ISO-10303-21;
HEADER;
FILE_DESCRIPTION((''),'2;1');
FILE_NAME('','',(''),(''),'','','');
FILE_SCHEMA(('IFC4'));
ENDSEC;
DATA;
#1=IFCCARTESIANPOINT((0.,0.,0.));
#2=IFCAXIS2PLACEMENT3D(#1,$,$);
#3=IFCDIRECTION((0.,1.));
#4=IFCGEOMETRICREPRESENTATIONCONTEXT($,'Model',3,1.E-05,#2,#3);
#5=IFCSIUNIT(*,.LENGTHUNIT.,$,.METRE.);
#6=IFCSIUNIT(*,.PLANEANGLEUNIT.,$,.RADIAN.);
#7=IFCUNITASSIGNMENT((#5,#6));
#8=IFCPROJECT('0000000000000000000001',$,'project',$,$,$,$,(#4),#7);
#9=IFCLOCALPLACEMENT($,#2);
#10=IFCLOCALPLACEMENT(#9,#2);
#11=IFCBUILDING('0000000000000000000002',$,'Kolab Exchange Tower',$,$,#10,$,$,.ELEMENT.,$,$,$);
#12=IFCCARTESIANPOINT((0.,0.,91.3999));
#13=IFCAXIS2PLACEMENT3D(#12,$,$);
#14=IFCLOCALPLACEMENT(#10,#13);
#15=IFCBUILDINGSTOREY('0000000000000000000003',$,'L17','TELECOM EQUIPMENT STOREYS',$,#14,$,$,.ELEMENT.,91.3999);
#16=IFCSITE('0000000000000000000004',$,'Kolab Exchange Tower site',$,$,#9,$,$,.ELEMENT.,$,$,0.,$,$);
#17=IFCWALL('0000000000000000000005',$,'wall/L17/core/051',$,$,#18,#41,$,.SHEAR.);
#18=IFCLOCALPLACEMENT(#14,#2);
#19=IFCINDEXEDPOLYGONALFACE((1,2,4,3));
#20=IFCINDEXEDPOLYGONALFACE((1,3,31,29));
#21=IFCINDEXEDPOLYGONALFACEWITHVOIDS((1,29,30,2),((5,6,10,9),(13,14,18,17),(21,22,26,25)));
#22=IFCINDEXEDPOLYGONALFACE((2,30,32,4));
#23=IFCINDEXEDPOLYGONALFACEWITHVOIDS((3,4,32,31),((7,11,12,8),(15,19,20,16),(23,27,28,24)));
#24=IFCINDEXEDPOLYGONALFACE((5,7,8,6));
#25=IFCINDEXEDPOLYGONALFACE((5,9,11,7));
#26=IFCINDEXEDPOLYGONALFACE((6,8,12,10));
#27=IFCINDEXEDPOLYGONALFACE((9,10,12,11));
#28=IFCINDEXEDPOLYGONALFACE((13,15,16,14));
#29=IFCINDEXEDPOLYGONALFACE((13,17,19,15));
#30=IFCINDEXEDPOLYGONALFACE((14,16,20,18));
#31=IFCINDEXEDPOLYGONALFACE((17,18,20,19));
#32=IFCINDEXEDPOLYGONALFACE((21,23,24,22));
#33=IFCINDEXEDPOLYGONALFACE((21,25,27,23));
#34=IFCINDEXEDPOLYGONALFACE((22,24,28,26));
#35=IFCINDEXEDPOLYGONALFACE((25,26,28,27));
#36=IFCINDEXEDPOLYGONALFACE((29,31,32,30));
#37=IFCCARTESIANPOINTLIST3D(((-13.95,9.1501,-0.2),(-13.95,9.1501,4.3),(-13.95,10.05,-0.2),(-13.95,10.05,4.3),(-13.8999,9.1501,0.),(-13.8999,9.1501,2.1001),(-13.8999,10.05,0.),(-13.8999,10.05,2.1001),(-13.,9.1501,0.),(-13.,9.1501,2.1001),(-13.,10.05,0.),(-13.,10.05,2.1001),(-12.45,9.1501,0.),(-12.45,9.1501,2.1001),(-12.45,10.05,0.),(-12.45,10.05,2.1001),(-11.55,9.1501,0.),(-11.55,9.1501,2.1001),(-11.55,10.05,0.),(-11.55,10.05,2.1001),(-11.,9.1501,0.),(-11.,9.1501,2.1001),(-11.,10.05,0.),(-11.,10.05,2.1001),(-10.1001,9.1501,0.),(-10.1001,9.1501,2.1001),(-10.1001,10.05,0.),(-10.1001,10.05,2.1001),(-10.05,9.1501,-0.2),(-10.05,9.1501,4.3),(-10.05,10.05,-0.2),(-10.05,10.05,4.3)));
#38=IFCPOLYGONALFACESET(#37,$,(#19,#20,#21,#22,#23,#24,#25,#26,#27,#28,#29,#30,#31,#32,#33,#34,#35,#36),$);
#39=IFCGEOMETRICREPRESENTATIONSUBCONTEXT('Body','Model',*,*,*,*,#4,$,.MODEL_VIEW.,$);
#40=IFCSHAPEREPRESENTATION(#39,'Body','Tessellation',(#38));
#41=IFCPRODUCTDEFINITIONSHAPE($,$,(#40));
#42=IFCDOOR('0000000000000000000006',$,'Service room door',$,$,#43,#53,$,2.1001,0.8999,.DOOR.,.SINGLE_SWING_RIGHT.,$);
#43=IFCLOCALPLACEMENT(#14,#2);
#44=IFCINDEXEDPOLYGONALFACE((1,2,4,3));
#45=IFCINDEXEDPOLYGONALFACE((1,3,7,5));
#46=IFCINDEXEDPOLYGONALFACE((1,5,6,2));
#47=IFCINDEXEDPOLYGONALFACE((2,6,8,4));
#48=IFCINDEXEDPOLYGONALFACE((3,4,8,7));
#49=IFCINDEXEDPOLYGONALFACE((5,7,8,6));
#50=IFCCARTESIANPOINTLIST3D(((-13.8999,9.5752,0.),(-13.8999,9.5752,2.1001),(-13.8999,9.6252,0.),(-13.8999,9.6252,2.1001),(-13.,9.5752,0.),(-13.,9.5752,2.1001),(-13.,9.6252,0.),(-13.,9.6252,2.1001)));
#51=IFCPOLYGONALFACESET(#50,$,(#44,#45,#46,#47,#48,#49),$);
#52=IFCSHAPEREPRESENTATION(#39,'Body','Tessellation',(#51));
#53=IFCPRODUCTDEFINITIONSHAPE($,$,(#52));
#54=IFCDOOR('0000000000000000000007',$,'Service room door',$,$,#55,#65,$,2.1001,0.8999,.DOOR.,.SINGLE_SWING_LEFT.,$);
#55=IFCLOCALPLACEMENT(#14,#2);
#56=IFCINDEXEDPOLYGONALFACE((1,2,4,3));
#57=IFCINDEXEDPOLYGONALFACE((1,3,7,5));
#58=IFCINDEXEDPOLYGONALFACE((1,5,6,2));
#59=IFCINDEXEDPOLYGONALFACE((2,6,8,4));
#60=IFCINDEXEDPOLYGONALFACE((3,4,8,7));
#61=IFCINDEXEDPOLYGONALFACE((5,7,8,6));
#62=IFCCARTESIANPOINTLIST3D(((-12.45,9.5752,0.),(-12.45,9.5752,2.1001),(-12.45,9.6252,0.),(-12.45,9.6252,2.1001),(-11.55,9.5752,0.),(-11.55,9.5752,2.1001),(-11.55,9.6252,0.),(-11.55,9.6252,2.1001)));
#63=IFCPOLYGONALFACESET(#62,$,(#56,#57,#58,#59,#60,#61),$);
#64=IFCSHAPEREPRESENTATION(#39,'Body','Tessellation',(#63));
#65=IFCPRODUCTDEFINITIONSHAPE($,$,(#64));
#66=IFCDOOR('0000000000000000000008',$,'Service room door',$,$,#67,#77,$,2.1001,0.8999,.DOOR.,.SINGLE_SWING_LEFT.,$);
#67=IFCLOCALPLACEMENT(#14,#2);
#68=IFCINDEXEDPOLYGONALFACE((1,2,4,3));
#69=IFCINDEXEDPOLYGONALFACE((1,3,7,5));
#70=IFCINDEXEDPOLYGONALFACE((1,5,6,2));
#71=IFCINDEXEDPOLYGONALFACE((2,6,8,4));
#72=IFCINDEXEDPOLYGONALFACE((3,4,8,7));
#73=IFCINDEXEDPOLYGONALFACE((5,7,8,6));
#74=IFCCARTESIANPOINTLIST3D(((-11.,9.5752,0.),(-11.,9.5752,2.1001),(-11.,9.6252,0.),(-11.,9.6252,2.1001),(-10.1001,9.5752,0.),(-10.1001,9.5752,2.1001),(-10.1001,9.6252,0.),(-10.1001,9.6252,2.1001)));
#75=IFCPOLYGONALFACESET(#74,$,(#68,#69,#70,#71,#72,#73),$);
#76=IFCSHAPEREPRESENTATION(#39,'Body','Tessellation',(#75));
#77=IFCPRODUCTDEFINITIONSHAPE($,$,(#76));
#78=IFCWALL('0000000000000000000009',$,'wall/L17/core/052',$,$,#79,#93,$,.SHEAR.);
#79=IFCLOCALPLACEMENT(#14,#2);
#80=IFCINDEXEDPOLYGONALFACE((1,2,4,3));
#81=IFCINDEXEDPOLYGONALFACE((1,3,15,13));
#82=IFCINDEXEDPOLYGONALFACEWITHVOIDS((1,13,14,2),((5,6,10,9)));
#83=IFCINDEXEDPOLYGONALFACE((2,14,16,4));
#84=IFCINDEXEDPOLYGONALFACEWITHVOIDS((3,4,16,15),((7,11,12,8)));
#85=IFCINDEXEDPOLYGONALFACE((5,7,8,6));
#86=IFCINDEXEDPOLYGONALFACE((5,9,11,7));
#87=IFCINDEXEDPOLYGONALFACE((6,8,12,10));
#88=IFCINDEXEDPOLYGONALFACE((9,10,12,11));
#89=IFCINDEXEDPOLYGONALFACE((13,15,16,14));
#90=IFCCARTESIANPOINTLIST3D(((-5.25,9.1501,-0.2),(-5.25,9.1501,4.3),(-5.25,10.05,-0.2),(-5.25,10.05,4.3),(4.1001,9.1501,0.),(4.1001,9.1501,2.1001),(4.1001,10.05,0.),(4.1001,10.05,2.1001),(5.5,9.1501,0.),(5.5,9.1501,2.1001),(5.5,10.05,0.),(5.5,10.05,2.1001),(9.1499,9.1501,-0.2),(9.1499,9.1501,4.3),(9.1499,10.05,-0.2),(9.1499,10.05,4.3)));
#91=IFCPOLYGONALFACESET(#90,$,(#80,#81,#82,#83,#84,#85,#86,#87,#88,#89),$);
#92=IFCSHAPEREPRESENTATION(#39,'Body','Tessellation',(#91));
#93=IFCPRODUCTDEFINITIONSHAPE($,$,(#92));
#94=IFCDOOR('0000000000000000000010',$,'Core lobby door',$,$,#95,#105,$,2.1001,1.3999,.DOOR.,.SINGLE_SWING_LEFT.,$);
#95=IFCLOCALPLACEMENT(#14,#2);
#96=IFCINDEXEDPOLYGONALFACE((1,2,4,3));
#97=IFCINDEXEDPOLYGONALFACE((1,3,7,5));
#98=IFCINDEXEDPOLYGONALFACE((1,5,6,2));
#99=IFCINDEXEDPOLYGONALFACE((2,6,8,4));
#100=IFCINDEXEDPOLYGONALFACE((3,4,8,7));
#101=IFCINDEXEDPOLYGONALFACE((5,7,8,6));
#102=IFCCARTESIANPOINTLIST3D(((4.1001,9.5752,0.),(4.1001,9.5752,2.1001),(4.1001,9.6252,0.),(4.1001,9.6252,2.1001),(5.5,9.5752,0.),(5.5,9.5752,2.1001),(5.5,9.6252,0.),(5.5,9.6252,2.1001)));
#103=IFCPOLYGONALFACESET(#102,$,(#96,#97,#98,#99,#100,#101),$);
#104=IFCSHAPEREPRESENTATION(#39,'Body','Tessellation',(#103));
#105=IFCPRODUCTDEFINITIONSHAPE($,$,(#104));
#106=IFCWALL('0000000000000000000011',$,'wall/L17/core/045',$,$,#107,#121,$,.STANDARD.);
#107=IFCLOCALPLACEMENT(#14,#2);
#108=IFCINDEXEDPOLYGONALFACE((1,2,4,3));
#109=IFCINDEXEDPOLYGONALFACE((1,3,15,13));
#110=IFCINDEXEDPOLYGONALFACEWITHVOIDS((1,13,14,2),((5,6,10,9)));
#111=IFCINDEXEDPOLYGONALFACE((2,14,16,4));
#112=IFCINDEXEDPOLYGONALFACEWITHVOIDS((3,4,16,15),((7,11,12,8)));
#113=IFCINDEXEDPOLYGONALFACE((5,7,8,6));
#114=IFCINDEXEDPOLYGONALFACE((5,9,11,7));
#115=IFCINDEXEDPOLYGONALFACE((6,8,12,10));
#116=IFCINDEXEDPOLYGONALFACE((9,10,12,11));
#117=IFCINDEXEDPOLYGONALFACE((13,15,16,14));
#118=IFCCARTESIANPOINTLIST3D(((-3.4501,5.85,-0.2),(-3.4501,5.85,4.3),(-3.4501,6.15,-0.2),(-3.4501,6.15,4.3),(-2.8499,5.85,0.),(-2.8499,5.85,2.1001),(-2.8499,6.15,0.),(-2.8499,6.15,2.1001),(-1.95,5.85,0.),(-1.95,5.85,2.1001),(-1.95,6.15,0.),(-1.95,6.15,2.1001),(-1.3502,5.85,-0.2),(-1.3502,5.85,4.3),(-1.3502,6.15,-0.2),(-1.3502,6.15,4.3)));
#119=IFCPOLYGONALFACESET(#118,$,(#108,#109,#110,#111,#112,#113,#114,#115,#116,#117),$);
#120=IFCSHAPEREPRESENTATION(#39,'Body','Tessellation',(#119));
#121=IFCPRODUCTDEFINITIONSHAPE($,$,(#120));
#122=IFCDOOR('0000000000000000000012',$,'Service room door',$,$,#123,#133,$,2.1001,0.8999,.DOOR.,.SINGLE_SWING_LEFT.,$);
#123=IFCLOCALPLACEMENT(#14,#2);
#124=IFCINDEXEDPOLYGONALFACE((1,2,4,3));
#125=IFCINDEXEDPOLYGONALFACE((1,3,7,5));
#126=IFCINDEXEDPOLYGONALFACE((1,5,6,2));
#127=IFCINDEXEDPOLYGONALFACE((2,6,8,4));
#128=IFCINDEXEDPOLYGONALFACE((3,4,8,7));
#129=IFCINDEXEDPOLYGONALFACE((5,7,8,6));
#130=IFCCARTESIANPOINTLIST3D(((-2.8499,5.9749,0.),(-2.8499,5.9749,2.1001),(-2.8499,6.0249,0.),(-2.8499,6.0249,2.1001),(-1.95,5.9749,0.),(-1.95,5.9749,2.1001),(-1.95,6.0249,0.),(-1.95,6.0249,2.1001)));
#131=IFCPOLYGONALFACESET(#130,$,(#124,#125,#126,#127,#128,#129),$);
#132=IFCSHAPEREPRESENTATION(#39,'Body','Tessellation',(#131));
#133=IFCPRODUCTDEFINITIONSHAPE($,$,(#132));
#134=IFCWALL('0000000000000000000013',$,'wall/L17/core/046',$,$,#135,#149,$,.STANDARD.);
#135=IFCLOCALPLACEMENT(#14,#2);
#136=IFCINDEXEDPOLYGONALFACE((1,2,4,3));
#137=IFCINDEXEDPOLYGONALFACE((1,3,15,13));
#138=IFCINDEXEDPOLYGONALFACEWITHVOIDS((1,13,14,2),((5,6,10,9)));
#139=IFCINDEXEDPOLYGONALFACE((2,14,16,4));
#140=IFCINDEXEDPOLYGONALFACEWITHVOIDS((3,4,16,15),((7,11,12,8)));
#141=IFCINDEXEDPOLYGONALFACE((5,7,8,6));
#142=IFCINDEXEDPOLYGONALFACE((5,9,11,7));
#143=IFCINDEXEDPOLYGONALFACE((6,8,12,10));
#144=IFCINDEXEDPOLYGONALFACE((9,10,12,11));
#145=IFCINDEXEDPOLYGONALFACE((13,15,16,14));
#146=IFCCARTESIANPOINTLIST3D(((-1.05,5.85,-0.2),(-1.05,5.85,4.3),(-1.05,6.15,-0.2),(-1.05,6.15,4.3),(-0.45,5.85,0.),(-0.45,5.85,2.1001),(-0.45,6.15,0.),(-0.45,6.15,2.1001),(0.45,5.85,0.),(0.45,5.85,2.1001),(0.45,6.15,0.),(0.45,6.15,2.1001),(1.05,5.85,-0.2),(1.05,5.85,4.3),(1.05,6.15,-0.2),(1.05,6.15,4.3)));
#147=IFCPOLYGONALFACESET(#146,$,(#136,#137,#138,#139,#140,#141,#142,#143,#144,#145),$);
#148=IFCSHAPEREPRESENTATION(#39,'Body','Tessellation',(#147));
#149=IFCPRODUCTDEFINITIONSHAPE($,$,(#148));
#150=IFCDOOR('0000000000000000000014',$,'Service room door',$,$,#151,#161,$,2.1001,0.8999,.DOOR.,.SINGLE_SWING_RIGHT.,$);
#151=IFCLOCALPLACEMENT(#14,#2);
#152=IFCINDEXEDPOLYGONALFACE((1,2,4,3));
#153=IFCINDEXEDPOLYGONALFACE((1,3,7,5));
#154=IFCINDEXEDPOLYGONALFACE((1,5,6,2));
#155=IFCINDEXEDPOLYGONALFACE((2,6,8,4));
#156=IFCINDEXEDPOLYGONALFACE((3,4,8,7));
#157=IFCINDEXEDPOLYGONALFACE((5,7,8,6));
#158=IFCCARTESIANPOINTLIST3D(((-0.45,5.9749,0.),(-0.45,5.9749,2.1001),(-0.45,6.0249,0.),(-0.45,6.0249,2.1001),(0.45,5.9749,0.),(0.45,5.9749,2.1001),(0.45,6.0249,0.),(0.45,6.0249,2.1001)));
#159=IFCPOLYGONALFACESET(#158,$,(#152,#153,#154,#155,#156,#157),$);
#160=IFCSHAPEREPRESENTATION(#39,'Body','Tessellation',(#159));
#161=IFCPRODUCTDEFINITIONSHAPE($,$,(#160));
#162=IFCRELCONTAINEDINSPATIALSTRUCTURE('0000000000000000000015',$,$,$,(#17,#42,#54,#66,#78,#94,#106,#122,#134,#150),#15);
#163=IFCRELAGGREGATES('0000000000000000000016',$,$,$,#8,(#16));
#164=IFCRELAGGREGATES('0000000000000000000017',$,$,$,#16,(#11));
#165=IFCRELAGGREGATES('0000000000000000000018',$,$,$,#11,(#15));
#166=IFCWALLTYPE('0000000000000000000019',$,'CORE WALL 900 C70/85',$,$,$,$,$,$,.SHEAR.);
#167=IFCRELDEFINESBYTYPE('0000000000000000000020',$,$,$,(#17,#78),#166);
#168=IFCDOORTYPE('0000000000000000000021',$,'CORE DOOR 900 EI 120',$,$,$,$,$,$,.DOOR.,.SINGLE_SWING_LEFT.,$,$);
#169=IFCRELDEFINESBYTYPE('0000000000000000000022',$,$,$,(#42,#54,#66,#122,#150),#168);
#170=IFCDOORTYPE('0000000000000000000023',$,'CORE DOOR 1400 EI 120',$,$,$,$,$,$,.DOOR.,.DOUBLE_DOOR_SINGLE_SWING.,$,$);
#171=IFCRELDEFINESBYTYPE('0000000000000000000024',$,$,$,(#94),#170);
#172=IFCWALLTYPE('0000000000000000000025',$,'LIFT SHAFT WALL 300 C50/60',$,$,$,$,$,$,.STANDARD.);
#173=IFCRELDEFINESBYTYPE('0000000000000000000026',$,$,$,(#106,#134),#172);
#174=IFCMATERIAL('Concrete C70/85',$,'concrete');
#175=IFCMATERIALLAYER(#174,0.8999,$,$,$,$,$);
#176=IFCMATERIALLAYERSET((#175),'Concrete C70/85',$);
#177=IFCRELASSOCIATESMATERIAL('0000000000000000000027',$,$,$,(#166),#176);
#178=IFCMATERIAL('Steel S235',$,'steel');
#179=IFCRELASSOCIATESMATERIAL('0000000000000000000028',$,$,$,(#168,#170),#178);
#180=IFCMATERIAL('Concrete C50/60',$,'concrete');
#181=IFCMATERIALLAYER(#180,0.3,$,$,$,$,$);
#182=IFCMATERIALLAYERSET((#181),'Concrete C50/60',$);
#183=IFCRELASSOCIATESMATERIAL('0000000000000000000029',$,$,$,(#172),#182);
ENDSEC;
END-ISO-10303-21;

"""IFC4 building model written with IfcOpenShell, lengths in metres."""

from ifc_helpers import new_model, si_unit, direction, frame, frame_2d, origin, place, context, subcontext, project, spatial, rectangle, extrude, material, layer, layer_set, type_object, element, fill, save


model = new_model("IFC4")

# Units and contexts
model_context = context("Model", 3, precision=1e-05, world=origin(), true_north=direction((0.0, 1.0)))
body_context = subcontext(model_context, "Body", "Model", "MODEL_VIEW")
ifc_project = project(units=[si_unit("LENGTHUNIT", "METRE"), si_unit("PLANEANGLEUNIT", "RADIAN")], contexts=[model_context])

# Site, building, storey
site_placement = place(None, origin())
site = spatial("IfcSite", under=ifc_project, at=site_placement, Name="Kolab Exchange Tower site", CompositionType="ELEMENT", RefElevation=0.0)
building_placement = place(site_placement, origin())
building = spatial("IfcBuilding", under=site, at=building_placement, Name="Kolab Exchange Tower", CompositionType="ELEMENT")
storey_placement = place(building_placement, frame((0.0, 0.0, 91.3999)))
storey = spatial("IfcBuildingStorey", under=building, at=storey_placement, Name="L17", Description="TELECOM EQUIPMENT STOREYS", CompositionType="ELEMENT", Elevation=91.3999)

# Shared definitions
ifc_material_1 = material(Name="Concrete C70/85", Category="concrete")

# Wall, openings, doors
ifc_layer_1 = layer(ifc_material_1, 0.8999)
ifc_layer_set_1 = layer_set([ifc_layer_1], Name="Concrete C70/85")
wall_type_1 = type_object("IfcWallType", Name="CORE WALL 900 C70/85", PredefinedType="SHEAR", material=ifc_layer_set_1)
wall_1_placement = place(storey_placement, frame((-13.95, 9.6001, -0.2), z_axis=(0.0, 0.0, 1.0), x_axis=(1.0, 0.0, 0.0)))
wall_1 = element("IfcWall", 1, at=wall_1_placement, inside=storey, type_object=wall_type_1, Name="wall/L17/core/051", PredefinedType="SHEAR", context=body_context, shape_type="SweptSolid", body=[
    extrude(rectangle(XDim=3.8999, YDim=0.8999, at=frame_2d((1.95, 0.0))), origin(), (0.0, 0.0, 1.0), 4.5),
])
opening_1_placement = place(wall_1_placement, frame((0.05, 0.0, 0.2)))
opening_1 = element("IfcOpeningElement", 2, at=opening_1_placement, cuts=wall_1, PredefinedType="OPENING", context=body_context, shape_type="SweptSolid", body=[
    extrude(rectangle(XDim=0.8999, YDim=2.1001, at=frame_2d((0.45, 1.05))), frame((0.0, 0.46, 0.0), z_axis=(0.0, -1.0, 0.0), x_axis=(1.0, 0.0, 0.0)), (0.0, 0.0, 1.0), 0.9199),
])
opening_2_placement = place(wall_1_placement, frame((1.5, 0.0, 0.2)))
opening_2 = element("IfcOpeningElement", 3, at=opening_2_placement, cuts=wall_1, PredefinedType="OPENING", context=body_context, shape_type="SweptSolid", body=[
    extrude(rectangle(XDim=0.8999, YDim=2.1001, at=frame_2d((0.45, 1.05))), frame((0.0, 0.46, 0.0), z_axis=(0.0, -1.0, 0.0), x_axis=(1.0, 0.0, 0.0)), (0.0, 0.0, 1.0), 0.9199),
])
opening_3_placement = place(wall_1_placement, frame((2.95, 0.0, 0.2)))
opening_3 = element("IfcOpeningElement", 4, at=opening_3_placement, cuts=wall_1, PredefinedType="OPENING", context=body_context, shape_type="SweptSolid", body=[
    extrude(rectangle(XDim=0.8999, YDim=2.1001, at=frame_2d((0.45, 1.05))), frame((0.0, 0.46, 0.0), z_axis=(0.0, -1.0, 0.0), x_axis=(1.0, 0.0, 0.0)), (0.0, 0.0, 1.0), 0.9199),
])
ifc_material_2 = material(Name="Steel S235", Category="steel")
door_type_1 = type_object("IfcDoorType", Name="CORE DOOR 900 EI 120", OperationType="SINGLE_SWING_LEFT", PredefinedType="DOOR", material=ifc_material_2)
door_1_placement = place(opening_1_placement, frame((0.8999, 0.0, 0.0), z_axis=(0.0, 0.0, 1.0), x_axis=(-1.0, 0.0, 0.0)))
door_1 = element("IfcDoor", 5, at=door_1_placement, inside=storey, type_object=door_type_1, Name="Service room door", OperationType="SINGLE_SWING_RIGHT", OverallHeight=2.1001, OverallWidth=0.8999, PredefinedType="DOOR", context=body_context, shape_type="SweptSolid", body=[
    extrude(rectangle(XDim=0.8999, YDim=2.1001, at=frame_2d((0.45, 1.05))), frame((0.0, 0.0249, 0.0), z_axis=(0.0, -1.0, 0.0), x_axis=(1.0, 0.0, 0.0)), (0.0, 0.0, 1.0), 0.05),
])
fill(opening_1, door_1)
door_2_placement = place(opening_2_placement, frame((0.8999, 0.0, 0.0), z_axis=(0.0, 0.0, 1.0), x_axis=(-1.0, 0.0, 0.0)))
door_2 = element("IfcDoor", 6, at=door_2_placement, inside=storey, type_object=door_type_1, Name="Service room door", OperationType="SINGLE_SWING_LEFT", OverallHeight=2.1001, OverallWidth=0.8999, PredefinedType="DOOR", context=body_context, shape_type="SweptSolid", body=[
    extrude(rectangle(XDim=0.8999, YDim=2.1001, at=frame_2d((0.45, 1.05))), frame((0.0, 0.0249, 0.0), z_axis=(0.0, -1.0, 0.0), x_axis=(1.0, 0.0, 0.0)), (0.0, 0.0, 1.0), 0.05),
])
fill(opening_2, door_2)
door_3_placement = place(opening_3_placement, frame((0.8999, 0.0, 0.0), z_axis=(0.0, 0.0, 1.0), x_axis=(-1.0, 0.0, 0.0)))
door_3 = element("IfcDoor", 7, at=door_3_placement, inside=storey, type_object=door_type_1, Name="Service room door", OperationType="SINGLE_SWING_LEFT", OverallHeight=2.1001, OverallWidth=0.8999, PredefinedType="DOOR", context=body_context, shape_type="SweptSolid", body=[
    extrude(rectangle(XDim=0.8999, YDim=2.1001, at=frame_2d((0.45, 1.05))), frame((0.0, 0.0249, 0.0), z_axis=(0.0, -1.0, 0.0), x_axis=(1.0, 0.0, 0.0)), (0.0, 0.0, 1.0), 0.05),
])
fill(opening_3, door_3)

# Walls, openings, doors
wall_2_placement = place(storey_placement, frame((-5.25, 9.6001, -0.2), z_axis=(0.0, 0.0, 1.0), x_axis=(1.0, 0.0, 0.0)))
wall_2 = element("IfcWall", 8, at=wall_2_placement, inside=storey, type_object=wall_type_1, Name="wall/L17/core/052", PredefinedType="SHEAR", context=body_context, shape_type="SweptSolid", body=[
    extrude(rectangle(XDim=14.3999, YDim=0.8999, at=frame_2d((7.2, 0.0))), origin(), (0.0, 0.0, 1.0), 4.5),
])
opening_4_placement = place(wall_2_placement, frame((9.3501, 0.0, 0.2)))
opening_4 = element("IfcOpeningElement", 9, at=opening_4_placement, cuts=wall_2, PredefinedType="OPENING", context=body_context, shape_type="SweptSolid", body=[
    extrude(rectangle(XDim=1.3999, YDim=2.1001, at=frame_2d((0.7, 1.05))), frame((0.0, 0.46, 0.0), z_axis=(0.0, -1.0, 0.0), x_axis=(1.0, 0.0, 0.0)), (0.0, 0.0, 1.0), 0.9199),
])
door_type_2 = type_object("IfcDoorType", Name="CORE DOOR 1400 EI 120", OperationType="DOUBLE_DOOR_SINGLE_SWING", PredefinedType="DOOR", material=ifc_material_2)
door_4_placement = place(opening_4_placement, frame((1.3999, 0.0, 0.0), z_axis=(0.0, 0.0, 1.0), x_axis=(-1.0, 0.0, 0.0)))
door_4 = element("IfcDoor", 10, at=door_4_placement, inside=storey, type_object=door_type_2, Name="Core lobby door", OperationType="SINGLE_SWING_LEFT", OverallHeight=2.1001, OverallWidth=1.3999, PredefinedType="DOOR", context=body_context, shape_type="SweptSolid", body=[
    extrude(rectangle(XDim=1.3999, YDim=2.1001, at=frame_2d((0.7, 1.05))), frame((0.0, 0.0249, 0.0), z_axis=(0.0, -1.0, 0.0), x_axis=(1.0, 0.0, 0.0)), (0.0, 0.0, 1.0), 0.05),
])
fill(opening_4, door_4)
ifc_material_3 = material(Name="Concrete C50/60", Category="concrete")
ifc_layer_2 = layer(ifc_material_3, 0.3)
ifc_layer_set_2 = layer_set([ifc_layer_2], Name="Concrete C50/60")
wall_type_2 = type_object("IfcWallType", Name="LIFT SHAFT WALL 300 C50/60", PredefinedType="STANDARD", material=ifc_layer_set_2)
wall_3_placement = place(storey_placement, frame((-3.45, 6.0, -0.2), z_axis=(0.0, 0.0, 1.0), x_axis=(1.0, 0.0, 0.0)))
wall_3 = element("IfcWall", 11, at=wall_3_placement, inside=storey, type_object=wall_type_2, Name="wall/L17/core/045", PredefinedType="STANDARD", context=body_context, shape_type="SweptSolid", body=[
    extrude(rectangle(XDim=2.0999, YDim=0.3, at=frame_2d((1.0498, 0.0))), origin(), (0.0, 0.0, 1.0), 4.5),
])
opening_5_placement = place(wall_3_placement, frame((0.6001, 0.0, 0.2)))
opening_5 = element("IfcOpeningElement", 12, at=opening_5_placement, cuts=wall_3, PredefinedType="OPENING", context=body_context, shape_type="SweptSolid", body=[
    extrude(rectangle(XDim=0.8999, YDim=2.1001, at=frame_2d((0.45, 1.05))), frame((0.0, 0.1602, 0.0), z_axis=(0.0, -1.0, 0.0), x_axis=(1.0, 0.0, 0.0)), (0.0, 0.0, 1.0), 0.3201),
])
door_5_placement = place(opening_5_placement, origin())
door_5 = element("IfcDoor", 13, at=door_5_placement, inside=storey, type_object=door_type_1, Name="Service room door", OperationType="SINGLE_SWING_LEFT", OverallHeight=2.1001, OverallWidth=0.8999, PredefinedType="DOOR", context=body_context, shape_type="SweptSolid", body=[
    extrude(rectangle(XDim=0.8999, YDim=2.1001, at=frame_2d((0.45, 1.05))), frame((0.0, 0.0249, 0.0), z_axis=(0.0, -1.0, 0.0), x_axis=(1.0, 0.0, 0.0)), (0.0, 0.0, 1.0), 0.05),
])
fill(opening_5, door_5)
wall_4_placement = place(storey_placement, frame((-1.05, 6.0, -0.2), z_axis=(0.0, 0.0, 1.0), x_axis=(1.0, 0.0, 0.0)))
wall_4 = element("IfcWall", 14, at=wall_4_placement, inside=storey, type_object=wall_type_2, Name="wall/L17/core/046", PredefinedType="STANDARD", context=body_context, shape_type="SweptSolid", body=[
    extrude(rectangle(XDim=2.1001, YDim=0.3, at=frame_2d((1.05, 0.0))), origin(), (0.0, 0.0, 1.0), 4.5),
])
opening_6_placement = place(wall_4_placement, frame((0.6001, 0.0, 0.2)))
opening_6 = element("IfcOpeningElement", 15, at=opening_6_placement, cuts=wall_4, PredefinedType="OPENING", context=body_context, shape_type="SweptSolid", body=[
    extrude(rectangle(XDim=0.8999, YDim=2.1001, at=frame_2d((0.45, 1.05))), frame((0.0, 0.1602, 0.0), z_axis=(0.0, -1.0, 0.0), x_axis=(1.0, 0.0, 0.0)), (0.0, 0.0, 1.0), 0.3201),
])
door_6_placement = place(opening_6_placement, origin())
door_6 = element("IfcDoor", 16, at=door_6_placement, inside=storey, type_object=door_type_1, Name="Service room door", OperationType="SINGLE_SWING_RIGHT", OverallHeight=2.1001, OverallWidth=0.8999, PredefinedType="DOOR", context=body_context, shape_type="SweptSolid", body=[
    extrude(rectangle(XDim=0.8999, YDim=2.1001, at=frame_2d((0.45, 1.05))), frame((0.0, 0.0249, 0.0), z_axis=(0.0, -1.0, 0.0), x_axis=(1.0, 0.0, 0.0)), (0.0, 0.0, 1.0), 0.05),
])
fill(opening_6, door_6)

save(model, "model.ifc")
